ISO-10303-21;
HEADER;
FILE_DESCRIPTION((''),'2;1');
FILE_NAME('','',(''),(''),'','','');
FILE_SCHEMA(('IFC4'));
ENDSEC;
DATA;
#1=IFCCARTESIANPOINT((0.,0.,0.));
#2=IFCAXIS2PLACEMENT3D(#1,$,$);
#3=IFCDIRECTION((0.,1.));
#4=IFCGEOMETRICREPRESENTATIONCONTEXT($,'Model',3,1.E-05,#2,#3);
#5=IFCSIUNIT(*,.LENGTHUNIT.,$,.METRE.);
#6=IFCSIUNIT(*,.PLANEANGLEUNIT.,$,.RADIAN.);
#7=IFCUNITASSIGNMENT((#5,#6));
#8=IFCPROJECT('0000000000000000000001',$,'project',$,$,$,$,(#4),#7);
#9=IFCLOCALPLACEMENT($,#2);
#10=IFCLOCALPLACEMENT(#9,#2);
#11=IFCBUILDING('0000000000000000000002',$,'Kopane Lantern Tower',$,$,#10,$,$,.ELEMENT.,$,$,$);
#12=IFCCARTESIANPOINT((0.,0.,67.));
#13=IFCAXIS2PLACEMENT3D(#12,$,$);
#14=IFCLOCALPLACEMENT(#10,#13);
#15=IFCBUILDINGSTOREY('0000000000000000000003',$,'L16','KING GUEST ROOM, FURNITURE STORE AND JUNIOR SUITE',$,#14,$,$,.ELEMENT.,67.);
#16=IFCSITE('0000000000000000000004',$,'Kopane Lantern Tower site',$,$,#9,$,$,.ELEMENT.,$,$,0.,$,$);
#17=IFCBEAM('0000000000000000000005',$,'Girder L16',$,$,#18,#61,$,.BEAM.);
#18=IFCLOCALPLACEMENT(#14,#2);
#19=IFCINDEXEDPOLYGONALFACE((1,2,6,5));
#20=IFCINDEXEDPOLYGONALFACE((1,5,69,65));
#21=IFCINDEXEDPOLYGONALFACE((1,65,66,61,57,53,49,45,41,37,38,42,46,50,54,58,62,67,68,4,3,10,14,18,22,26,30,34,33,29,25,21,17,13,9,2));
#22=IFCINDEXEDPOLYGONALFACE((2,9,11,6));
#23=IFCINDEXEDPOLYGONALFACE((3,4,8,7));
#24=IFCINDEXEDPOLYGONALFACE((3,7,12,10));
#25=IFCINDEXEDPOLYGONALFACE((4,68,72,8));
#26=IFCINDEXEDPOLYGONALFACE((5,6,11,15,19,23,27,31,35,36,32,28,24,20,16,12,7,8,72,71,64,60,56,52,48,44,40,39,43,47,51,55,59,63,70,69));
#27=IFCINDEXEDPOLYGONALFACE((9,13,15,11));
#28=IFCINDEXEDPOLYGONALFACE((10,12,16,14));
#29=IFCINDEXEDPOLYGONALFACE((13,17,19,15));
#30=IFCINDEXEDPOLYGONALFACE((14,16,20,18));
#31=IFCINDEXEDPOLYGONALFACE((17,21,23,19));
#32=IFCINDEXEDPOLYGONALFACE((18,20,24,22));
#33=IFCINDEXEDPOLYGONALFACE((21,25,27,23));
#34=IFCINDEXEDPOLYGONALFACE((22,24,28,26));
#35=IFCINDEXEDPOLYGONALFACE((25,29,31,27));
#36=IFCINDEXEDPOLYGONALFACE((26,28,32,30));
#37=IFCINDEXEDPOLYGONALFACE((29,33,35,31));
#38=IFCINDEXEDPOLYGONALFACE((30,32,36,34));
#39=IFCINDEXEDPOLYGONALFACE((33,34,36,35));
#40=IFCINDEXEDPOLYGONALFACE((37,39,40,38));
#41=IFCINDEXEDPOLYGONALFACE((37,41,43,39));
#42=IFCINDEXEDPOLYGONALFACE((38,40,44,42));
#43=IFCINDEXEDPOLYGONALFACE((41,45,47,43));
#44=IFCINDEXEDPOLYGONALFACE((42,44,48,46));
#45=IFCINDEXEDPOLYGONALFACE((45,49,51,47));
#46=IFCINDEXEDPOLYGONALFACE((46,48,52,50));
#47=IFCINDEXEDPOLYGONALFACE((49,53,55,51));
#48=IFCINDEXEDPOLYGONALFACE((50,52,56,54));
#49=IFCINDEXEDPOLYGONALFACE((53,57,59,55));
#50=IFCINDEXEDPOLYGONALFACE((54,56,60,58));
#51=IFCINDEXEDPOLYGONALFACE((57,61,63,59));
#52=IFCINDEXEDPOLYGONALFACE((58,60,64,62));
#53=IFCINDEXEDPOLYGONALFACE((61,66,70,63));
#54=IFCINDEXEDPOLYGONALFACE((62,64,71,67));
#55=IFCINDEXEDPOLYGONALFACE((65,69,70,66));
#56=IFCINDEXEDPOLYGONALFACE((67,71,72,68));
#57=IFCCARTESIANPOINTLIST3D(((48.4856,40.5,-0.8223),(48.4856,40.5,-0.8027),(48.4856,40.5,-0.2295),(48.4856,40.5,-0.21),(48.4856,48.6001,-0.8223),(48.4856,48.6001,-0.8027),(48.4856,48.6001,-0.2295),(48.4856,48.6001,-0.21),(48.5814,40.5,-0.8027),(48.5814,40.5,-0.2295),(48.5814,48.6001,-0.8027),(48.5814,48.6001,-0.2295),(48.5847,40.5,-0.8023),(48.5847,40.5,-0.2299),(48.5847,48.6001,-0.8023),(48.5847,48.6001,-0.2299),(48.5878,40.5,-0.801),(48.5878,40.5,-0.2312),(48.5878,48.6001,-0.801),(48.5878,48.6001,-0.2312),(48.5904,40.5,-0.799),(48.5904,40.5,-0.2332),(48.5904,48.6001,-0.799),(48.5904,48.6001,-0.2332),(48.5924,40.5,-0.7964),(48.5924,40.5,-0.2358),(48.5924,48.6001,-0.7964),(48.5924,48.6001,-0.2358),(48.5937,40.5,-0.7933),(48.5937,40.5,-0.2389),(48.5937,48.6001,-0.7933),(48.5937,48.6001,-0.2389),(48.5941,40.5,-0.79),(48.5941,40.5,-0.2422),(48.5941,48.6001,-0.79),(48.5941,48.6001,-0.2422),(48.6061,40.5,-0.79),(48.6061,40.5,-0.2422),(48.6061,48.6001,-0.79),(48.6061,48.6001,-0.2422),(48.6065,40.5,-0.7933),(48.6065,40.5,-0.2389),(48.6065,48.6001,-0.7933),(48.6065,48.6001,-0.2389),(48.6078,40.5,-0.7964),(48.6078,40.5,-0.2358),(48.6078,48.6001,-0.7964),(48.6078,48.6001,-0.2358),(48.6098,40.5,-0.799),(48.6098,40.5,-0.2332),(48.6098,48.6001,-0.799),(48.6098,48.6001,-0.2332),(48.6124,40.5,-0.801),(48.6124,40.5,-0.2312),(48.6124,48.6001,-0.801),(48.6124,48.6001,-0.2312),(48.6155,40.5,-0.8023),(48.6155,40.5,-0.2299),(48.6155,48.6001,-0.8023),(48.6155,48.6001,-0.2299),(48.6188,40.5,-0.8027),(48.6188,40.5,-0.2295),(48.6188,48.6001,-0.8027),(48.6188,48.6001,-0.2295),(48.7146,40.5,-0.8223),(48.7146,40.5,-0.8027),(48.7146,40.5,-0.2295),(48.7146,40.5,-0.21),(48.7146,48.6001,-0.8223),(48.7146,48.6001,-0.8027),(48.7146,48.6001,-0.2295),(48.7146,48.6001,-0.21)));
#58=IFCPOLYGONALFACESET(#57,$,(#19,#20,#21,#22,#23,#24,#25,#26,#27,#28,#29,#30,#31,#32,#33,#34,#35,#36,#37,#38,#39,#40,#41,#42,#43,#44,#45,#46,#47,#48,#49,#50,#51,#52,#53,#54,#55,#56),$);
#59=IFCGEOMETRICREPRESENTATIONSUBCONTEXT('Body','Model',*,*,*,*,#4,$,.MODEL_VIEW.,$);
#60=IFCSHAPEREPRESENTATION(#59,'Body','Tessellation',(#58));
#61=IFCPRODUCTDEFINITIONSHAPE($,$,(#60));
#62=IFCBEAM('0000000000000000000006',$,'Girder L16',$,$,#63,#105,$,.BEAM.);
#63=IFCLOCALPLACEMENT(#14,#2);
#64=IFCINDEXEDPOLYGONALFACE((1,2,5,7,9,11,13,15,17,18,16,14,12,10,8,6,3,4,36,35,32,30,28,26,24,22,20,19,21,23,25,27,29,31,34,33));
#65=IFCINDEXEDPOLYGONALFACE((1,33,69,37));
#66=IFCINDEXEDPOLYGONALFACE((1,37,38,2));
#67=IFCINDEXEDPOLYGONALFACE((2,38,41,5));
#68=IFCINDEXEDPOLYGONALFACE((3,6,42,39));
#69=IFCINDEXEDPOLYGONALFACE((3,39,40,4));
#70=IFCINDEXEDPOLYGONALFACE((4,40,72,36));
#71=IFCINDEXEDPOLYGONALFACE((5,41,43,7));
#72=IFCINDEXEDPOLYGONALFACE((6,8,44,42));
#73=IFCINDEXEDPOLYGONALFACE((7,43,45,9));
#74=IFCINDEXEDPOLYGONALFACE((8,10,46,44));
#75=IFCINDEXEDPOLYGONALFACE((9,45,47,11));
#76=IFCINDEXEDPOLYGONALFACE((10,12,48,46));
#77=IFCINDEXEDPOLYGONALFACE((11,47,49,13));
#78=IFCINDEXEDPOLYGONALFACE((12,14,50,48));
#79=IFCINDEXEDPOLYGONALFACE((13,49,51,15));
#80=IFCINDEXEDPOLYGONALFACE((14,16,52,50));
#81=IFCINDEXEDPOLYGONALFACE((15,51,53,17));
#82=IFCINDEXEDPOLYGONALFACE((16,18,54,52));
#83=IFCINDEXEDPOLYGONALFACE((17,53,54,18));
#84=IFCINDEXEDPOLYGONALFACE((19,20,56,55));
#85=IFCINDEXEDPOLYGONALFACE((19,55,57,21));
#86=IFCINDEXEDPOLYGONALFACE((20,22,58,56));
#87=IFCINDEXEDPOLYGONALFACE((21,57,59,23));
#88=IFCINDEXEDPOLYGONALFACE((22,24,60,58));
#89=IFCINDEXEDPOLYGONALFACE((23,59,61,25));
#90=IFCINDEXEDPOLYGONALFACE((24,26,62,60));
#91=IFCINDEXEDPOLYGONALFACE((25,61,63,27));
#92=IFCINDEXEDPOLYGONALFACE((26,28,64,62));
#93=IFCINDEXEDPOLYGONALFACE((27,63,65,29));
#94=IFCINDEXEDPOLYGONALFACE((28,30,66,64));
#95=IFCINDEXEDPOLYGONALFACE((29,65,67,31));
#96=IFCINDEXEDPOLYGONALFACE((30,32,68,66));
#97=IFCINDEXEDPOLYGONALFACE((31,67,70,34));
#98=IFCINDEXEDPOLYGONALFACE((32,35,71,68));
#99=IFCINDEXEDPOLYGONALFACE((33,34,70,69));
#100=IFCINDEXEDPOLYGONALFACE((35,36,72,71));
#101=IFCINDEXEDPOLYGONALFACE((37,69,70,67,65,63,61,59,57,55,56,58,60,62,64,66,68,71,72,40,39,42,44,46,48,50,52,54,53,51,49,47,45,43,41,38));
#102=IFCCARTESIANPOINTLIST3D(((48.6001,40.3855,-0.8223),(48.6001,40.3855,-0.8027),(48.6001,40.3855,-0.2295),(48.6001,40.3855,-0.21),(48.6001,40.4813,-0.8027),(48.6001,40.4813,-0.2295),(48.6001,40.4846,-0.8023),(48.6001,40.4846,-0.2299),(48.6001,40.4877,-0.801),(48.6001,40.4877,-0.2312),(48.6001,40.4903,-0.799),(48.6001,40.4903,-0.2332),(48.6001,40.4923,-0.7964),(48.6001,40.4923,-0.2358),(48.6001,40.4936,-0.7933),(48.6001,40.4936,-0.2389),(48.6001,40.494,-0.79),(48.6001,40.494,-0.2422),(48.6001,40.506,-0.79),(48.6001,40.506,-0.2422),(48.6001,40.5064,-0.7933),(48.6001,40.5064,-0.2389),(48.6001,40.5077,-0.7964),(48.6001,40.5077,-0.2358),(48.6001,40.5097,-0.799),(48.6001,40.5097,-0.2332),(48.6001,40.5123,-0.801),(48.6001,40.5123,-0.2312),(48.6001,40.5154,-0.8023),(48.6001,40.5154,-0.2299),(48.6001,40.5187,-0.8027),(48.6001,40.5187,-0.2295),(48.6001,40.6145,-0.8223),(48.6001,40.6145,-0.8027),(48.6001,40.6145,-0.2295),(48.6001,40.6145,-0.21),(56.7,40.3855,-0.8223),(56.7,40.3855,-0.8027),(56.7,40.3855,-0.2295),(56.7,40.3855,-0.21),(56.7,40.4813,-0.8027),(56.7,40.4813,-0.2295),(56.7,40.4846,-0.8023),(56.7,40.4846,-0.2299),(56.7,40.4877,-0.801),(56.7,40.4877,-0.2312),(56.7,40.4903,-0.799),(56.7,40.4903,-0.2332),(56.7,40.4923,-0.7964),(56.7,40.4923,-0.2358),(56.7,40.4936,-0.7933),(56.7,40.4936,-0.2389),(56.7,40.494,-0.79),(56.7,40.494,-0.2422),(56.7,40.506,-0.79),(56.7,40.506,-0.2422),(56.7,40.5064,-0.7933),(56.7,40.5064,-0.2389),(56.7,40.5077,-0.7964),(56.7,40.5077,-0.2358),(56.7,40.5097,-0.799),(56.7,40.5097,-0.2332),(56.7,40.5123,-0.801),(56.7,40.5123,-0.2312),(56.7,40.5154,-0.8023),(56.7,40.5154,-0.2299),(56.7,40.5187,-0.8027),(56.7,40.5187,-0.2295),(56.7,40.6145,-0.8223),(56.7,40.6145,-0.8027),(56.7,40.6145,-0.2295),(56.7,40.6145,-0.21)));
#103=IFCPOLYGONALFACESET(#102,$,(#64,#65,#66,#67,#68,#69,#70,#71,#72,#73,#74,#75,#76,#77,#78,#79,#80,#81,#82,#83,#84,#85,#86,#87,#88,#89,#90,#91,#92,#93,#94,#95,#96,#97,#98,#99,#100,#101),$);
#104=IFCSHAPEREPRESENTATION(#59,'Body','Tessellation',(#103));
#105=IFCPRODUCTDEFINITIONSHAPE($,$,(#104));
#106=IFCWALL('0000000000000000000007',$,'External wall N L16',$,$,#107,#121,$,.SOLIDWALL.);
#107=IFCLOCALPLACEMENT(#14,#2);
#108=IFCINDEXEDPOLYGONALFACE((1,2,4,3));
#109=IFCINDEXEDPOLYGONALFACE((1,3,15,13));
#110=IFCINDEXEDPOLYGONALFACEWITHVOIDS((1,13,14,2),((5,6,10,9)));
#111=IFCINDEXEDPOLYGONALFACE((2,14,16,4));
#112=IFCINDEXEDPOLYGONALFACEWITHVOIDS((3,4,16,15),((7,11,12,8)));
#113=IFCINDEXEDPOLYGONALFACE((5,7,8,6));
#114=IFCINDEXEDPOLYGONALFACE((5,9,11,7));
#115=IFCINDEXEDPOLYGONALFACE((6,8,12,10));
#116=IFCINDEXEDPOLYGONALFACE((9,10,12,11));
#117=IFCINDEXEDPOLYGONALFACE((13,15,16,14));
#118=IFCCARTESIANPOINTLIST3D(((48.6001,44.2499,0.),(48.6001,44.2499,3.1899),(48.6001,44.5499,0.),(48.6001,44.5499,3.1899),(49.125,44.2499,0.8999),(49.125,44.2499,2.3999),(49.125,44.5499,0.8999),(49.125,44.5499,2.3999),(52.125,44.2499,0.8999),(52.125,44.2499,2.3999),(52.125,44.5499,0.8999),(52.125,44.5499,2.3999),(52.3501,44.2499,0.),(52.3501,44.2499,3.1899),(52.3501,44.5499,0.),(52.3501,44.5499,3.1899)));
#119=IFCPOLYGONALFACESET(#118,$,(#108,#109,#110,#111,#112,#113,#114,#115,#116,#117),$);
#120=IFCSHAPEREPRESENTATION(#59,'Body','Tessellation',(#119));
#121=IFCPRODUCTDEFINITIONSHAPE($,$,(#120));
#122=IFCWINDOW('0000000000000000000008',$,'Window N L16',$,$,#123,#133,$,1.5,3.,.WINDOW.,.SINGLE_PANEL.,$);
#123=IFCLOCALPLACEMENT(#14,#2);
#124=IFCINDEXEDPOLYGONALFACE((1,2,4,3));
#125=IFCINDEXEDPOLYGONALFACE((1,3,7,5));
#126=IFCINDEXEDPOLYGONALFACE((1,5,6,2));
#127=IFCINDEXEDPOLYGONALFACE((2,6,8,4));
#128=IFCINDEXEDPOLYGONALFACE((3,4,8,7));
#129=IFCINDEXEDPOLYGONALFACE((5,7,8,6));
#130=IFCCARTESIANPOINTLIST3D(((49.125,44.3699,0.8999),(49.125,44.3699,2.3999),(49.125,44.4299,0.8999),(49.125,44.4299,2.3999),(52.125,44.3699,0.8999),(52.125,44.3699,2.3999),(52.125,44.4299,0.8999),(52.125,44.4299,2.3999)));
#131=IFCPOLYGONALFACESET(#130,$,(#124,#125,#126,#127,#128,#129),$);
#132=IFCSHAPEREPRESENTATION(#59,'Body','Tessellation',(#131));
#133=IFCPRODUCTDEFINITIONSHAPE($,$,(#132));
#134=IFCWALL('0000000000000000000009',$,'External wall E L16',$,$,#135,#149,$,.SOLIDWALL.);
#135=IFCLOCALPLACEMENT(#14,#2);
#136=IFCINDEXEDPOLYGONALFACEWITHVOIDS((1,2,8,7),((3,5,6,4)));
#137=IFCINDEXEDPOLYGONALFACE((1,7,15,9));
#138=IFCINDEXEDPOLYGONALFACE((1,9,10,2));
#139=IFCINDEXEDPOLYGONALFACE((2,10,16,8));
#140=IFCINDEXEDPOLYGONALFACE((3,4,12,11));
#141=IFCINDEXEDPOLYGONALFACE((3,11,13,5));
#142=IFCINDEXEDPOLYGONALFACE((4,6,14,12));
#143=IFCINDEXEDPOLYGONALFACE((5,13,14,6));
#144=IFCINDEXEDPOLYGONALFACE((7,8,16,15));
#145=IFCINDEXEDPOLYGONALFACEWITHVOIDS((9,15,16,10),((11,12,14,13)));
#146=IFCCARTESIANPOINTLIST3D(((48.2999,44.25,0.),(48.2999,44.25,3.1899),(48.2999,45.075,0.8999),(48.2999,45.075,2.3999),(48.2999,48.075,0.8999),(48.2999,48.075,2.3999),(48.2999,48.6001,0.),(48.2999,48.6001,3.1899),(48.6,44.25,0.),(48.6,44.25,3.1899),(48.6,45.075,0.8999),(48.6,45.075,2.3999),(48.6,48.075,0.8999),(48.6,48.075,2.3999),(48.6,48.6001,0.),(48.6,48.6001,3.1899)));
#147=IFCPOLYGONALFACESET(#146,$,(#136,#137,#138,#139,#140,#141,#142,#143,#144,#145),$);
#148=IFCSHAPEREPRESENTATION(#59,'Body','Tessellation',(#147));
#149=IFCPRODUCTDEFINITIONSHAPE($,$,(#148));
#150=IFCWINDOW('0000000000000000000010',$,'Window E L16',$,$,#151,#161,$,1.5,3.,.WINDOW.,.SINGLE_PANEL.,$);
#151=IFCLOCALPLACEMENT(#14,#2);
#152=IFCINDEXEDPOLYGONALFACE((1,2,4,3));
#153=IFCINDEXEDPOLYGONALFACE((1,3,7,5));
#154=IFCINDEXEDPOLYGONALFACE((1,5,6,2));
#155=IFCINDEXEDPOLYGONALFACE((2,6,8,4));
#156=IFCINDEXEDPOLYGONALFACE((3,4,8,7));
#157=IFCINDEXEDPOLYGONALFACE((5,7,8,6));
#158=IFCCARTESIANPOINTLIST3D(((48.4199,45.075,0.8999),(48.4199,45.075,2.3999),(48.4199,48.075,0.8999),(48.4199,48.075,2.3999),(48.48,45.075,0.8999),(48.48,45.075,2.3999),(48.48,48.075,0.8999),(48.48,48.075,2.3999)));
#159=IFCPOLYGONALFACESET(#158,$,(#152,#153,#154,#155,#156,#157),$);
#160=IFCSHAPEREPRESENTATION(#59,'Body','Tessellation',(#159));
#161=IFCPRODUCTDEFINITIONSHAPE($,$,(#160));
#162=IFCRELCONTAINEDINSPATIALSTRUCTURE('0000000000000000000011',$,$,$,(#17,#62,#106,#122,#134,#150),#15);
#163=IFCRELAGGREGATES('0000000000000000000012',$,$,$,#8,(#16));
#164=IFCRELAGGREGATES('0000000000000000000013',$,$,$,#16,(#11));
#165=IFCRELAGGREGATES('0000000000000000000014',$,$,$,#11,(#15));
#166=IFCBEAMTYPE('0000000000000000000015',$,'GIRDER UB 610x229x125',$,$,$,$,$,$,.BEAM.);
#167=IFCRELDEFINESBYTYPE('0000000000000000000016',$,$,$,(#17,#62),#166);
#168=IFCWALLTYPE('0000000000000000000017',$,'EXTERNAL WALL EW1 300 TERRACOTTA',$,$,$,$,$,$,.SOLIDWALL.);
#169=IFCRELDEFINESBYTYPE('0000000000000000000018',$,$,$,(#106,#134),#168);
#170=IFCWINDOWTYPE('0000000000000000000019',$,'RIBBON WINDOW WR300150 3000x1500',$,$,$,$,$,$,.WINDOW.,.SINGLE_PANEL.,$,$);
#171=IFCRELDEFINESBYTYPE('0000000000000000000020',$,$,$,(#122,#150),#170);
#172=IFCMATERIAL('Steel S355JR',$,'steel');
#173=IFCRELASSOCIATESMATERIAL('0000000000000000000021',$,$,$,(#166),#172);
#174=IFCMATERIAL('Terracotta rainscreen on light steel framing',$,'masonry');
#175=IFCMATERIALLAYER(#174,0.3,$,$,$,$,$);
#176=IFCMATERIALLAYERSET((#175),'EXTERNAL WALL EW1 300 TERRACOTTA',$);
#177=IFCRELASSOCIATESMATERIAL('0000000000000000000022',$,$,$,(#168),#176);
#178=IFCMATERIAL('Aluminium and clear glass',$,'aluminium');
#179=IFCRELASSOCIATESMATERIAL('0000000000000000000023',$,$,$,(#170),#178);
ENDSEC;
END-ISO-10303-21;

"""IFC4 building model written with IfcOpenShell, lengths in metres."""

from ifc_helpers import new_model, si_unit, direction, frame, frame_2d, origin, origin_2d, place, context, subcontext, project, spatial, rectangle, i_section, extrude, material, layer, layer_set, material_profile, profile_set, type_object, element, fill, save


model = new_model("IFC4")

# Units and contexts
model_context = context("Model", 3, precision=1e-05, world=origin(), true_north=direction((0.0, 1.0)))
body_context = subcontext(model_context, "Body", "Model", "MODEL_VIEW")
ifc_project = project(units=[si_unit("LENGTHUNIT", "METRE"), si_unit("PLANEANGLEUNIT", "RADIAN")], contexts=[model_context])

# Site, building, storey
site_placement = place(None, origin())
site = spatial("IfcSite", under=ifc_project, at=site_placement, Name="Kopane Lantern Tower site", CompositionType="ELEMENT", RefElevation=0.0)
building_placement = place(site_placement, origin())
building = spatial("IfcBuilding", under=site, at=building_placement, Name="Kopane Lantern Tower", CompositionType="ELEMENT")
storey_placement = place(building_placement, frame((0.0, 0.0, 67.0)))
storey = spatial("IfcBuildingStorey", under=building, at=storey_placement, Name="L16", Description="KING GUEST ROOM, FURNITURE STORE AND JUNIOR SUITE", CompositionType="ELEMENT", Elevation=67.0)

# Beams
ifc_material_1 = material(Name="Steel S355JR", Category="steel")
ifc_material_profile_1 = material_profile(ifc_material_1, i_section(OverallWidth=0.229, OverallDepth=0.6123, WebThickness=0.012, FlangeThickness=0.0195, FilletRadius=0.0127, at=origin_2d()), Name="UB 610x229x125")
ifc_profile_set_1 = profile_set([ifc_material_profile_1], Name="Steel S355JR")
beam_type_1 = type_object("IfcBeamType", Name="GIRDER UB 610x229x125", PredefinedType="BEAM", material=ifc_profile_set_1)
beam_1_placement = place(storey_placement, frame((48.6001, 40.5, -0.5161), z_axis=(0.0, 1.0, 0.0), x_axis=(-1.0, 0.0, 0.0)))
element("IfcBeam", 1, at=beam_1_placement, inside=storey, type_object=beam_type_1, Name="Girder L16", PredefinedType="BEAM", context=body_context, shape_type="SweptSolid", body=[
    extrude(i_section(OverallWidth=0.229, OverallDepth=0.6123, WebThickness=0.012, FlangeThickness=0.0195, FilletRadius=0.0127, at=origin_2d()), origin(), (0.0, 0.0, 1.0), 8.1001),
])
beam_2_placement = place(storey_placement, frame((48.6001, 40.5, -0.5161), z_axis=(1.0, 0.0, 0.0), x_axis=(0.0, 1.0, 0.0)))
element("IfcBeam", 2, at=beam_2_placement, inside=storey, type_object=beam_type_1, Name="Girder L16", PredefinedType="BEAM", context=body_context, shape_type="SweptSolid", body=[
    extrude(i_section(OverallWidth=0.229, OverallDepth=0.6123, WebThickness=0.012, FlangeThickness=0.0195, FilletRadius=0.0127, at=origin_2d()), origin(), (0.0, 0.0, 1.0), 8.0999),
])

# Walls, openings, windows
ifc_material_2 = material(Name="Terracotta rainscreen on light steel framing", Category="masonry")
ifc_layer = layer(ifc_material_2, 0.3)
ifc_layer_set = layer_set([ifc_layer], Name="EXTERNAL WALL EW1 300 TERRACOTTA")
wall_type = type_object("IfcWallType", Name="EXTERNAL WALL EW1 300 TERRACOTTA", PredefinedType="SOLIDWALL", material=ifc_layer_set)
wall_1_placement = place(storey_placement, frame((52.3501, 44.3999, 0.0), z_axis=(0.0, 0.0, 1.0), x_axis=(-1.0, 0.0, 0.0)))
wall_1 = element("IfcWall", 3, at=wall_1_placement, inside=storey, type_object=wall_type, Name="External wall N L16", PredefinedType="SOLIDWALL", context=body_context, shape_type="SweptSolid", body=[
    extrude(rectangle(XDim=3.75, YDim=0.3, at=frame_2d((1.875, 0.0))), origin(), (0.0, 0.0, 1.0), 3.1899),
])
opening_1_placement = place(wall_1_placement, frame((0.2251, 0.0, 0.8999)))
opening_1 = element("IfcOpeningElement", 4, at=opening_1_placement, cuts=wall_1, PredefinedType="OPENING", context=body_context, shape_type="SweptSolid", body=[
    extrude(rectangle(XDim=3.0, YDim=1.5, at=frame_2d((1.5, 0.75))), frame((0.0, 0.1599, 0.0), z_axis=(0.0, -1.0, 0.0), x_axis=(1.0, 0.0, 0.0)), (0.0, 0.0, 1.0), 0.3201),
])
ifc_material_3 = material(Name="Aluminium and clear glass", Category="aluminium")
window_type_1 = type_object("IfcWindowType", Name="RIBBON WINDOW WR300150 3000x1500", PartitioningType="SINGLE_PANEL", PredefinedType="WINDOW", material=ifc_material_3)
window_1_placement = place(opening_1_placement, origin())
window_1 = element("IfcWindow", 5, at=window_1_placement, inside=storey, type_object=window_type_1, Name="Window N L16", OverallHeight=1.5, OverallWidth=3.0, PartitioningType="SINGLE_PANEL", PredefinedType="WINDOW", context=body_context, shape_type="SweptSolid", body=[
    extrude(rectangle(XDim=3.0, YDim=1.5, at=frame_2d((1.5, 0.75))), frame((0.0, 0.03, 0.0), z_axis=(0.0, -1.0, 0.0), x_axis=(1.0, 0.0, 0.0)), (0.0, 0.0, 1.0), 0.0601),
])
fill(opening_1, window_1)
wall_2_placement = place(storey_placement, frame((48.45, 44.25, 0.0), z_axis=(0.0, 0.0, 1.0), x_axis=(0.0, 1.0, 0.0)))
wall_2 = element("IfcWall", 6, at=wall_2_placement, inside=storey, type_object=wall_type, Name="External wall E L16", PredefinedType="SOLIDWALL", context=body_context, shape_type="SweptSolid", body=[
    extrude(rectangle(XDim=4.3501, YDim=0.3, at=frame_2d((2.175, 0.0))), origin(), (0.0, 0.0, 1.0), 3.1899),
])
opening_2_placement = place(wall_2_placement, frame((0.825, 0.0, 0.8999)))
opening_2 = element("IfcOpeningElement", 7, at=opening_2_placement, cuts=wall_2, PredefinedType="OPENING", context=body_context, shape_type="SweptSolid", body=[
    extrude(rectangle(XDim=3.0, YDim=1.5, at=frame_2d((1.5, 0.75))), frame((0.0, 0.1599, 0.0), z_axis=(0.0, -1.0, 0.0), x_axis=(1.0, 0.0, 0.0)), (0.0, 0.0, 1.0), 0.3201),
])
window_2_placement = place(opening_2_placement, origin())
window_2 = element("IfcWindow", 8, at=window_2_placement, inside=storey, type_object=window_type_1, Name="Window E L16", OverallHeight=1.5, OverallWidth=3.0, PartitioningType="SINGLE_PANEL", PredefinedType="WINDOW", context=body_context, shape_type="SweptSolid", body=[
    extrude(rectangle(XDim=3.0, YDim=1.5, at=frame_2d((1.5, 0.75))), frame((0.0, 0.03, 0.0), z_axis=(0.0, -1.0, 0.0), x_axis=(1.0, 0.0, 0.0)), (0.0, 0.0, 1.0), 0.0601),
])
fill(opening_2, window_2)

save(model, "model.ifc")
